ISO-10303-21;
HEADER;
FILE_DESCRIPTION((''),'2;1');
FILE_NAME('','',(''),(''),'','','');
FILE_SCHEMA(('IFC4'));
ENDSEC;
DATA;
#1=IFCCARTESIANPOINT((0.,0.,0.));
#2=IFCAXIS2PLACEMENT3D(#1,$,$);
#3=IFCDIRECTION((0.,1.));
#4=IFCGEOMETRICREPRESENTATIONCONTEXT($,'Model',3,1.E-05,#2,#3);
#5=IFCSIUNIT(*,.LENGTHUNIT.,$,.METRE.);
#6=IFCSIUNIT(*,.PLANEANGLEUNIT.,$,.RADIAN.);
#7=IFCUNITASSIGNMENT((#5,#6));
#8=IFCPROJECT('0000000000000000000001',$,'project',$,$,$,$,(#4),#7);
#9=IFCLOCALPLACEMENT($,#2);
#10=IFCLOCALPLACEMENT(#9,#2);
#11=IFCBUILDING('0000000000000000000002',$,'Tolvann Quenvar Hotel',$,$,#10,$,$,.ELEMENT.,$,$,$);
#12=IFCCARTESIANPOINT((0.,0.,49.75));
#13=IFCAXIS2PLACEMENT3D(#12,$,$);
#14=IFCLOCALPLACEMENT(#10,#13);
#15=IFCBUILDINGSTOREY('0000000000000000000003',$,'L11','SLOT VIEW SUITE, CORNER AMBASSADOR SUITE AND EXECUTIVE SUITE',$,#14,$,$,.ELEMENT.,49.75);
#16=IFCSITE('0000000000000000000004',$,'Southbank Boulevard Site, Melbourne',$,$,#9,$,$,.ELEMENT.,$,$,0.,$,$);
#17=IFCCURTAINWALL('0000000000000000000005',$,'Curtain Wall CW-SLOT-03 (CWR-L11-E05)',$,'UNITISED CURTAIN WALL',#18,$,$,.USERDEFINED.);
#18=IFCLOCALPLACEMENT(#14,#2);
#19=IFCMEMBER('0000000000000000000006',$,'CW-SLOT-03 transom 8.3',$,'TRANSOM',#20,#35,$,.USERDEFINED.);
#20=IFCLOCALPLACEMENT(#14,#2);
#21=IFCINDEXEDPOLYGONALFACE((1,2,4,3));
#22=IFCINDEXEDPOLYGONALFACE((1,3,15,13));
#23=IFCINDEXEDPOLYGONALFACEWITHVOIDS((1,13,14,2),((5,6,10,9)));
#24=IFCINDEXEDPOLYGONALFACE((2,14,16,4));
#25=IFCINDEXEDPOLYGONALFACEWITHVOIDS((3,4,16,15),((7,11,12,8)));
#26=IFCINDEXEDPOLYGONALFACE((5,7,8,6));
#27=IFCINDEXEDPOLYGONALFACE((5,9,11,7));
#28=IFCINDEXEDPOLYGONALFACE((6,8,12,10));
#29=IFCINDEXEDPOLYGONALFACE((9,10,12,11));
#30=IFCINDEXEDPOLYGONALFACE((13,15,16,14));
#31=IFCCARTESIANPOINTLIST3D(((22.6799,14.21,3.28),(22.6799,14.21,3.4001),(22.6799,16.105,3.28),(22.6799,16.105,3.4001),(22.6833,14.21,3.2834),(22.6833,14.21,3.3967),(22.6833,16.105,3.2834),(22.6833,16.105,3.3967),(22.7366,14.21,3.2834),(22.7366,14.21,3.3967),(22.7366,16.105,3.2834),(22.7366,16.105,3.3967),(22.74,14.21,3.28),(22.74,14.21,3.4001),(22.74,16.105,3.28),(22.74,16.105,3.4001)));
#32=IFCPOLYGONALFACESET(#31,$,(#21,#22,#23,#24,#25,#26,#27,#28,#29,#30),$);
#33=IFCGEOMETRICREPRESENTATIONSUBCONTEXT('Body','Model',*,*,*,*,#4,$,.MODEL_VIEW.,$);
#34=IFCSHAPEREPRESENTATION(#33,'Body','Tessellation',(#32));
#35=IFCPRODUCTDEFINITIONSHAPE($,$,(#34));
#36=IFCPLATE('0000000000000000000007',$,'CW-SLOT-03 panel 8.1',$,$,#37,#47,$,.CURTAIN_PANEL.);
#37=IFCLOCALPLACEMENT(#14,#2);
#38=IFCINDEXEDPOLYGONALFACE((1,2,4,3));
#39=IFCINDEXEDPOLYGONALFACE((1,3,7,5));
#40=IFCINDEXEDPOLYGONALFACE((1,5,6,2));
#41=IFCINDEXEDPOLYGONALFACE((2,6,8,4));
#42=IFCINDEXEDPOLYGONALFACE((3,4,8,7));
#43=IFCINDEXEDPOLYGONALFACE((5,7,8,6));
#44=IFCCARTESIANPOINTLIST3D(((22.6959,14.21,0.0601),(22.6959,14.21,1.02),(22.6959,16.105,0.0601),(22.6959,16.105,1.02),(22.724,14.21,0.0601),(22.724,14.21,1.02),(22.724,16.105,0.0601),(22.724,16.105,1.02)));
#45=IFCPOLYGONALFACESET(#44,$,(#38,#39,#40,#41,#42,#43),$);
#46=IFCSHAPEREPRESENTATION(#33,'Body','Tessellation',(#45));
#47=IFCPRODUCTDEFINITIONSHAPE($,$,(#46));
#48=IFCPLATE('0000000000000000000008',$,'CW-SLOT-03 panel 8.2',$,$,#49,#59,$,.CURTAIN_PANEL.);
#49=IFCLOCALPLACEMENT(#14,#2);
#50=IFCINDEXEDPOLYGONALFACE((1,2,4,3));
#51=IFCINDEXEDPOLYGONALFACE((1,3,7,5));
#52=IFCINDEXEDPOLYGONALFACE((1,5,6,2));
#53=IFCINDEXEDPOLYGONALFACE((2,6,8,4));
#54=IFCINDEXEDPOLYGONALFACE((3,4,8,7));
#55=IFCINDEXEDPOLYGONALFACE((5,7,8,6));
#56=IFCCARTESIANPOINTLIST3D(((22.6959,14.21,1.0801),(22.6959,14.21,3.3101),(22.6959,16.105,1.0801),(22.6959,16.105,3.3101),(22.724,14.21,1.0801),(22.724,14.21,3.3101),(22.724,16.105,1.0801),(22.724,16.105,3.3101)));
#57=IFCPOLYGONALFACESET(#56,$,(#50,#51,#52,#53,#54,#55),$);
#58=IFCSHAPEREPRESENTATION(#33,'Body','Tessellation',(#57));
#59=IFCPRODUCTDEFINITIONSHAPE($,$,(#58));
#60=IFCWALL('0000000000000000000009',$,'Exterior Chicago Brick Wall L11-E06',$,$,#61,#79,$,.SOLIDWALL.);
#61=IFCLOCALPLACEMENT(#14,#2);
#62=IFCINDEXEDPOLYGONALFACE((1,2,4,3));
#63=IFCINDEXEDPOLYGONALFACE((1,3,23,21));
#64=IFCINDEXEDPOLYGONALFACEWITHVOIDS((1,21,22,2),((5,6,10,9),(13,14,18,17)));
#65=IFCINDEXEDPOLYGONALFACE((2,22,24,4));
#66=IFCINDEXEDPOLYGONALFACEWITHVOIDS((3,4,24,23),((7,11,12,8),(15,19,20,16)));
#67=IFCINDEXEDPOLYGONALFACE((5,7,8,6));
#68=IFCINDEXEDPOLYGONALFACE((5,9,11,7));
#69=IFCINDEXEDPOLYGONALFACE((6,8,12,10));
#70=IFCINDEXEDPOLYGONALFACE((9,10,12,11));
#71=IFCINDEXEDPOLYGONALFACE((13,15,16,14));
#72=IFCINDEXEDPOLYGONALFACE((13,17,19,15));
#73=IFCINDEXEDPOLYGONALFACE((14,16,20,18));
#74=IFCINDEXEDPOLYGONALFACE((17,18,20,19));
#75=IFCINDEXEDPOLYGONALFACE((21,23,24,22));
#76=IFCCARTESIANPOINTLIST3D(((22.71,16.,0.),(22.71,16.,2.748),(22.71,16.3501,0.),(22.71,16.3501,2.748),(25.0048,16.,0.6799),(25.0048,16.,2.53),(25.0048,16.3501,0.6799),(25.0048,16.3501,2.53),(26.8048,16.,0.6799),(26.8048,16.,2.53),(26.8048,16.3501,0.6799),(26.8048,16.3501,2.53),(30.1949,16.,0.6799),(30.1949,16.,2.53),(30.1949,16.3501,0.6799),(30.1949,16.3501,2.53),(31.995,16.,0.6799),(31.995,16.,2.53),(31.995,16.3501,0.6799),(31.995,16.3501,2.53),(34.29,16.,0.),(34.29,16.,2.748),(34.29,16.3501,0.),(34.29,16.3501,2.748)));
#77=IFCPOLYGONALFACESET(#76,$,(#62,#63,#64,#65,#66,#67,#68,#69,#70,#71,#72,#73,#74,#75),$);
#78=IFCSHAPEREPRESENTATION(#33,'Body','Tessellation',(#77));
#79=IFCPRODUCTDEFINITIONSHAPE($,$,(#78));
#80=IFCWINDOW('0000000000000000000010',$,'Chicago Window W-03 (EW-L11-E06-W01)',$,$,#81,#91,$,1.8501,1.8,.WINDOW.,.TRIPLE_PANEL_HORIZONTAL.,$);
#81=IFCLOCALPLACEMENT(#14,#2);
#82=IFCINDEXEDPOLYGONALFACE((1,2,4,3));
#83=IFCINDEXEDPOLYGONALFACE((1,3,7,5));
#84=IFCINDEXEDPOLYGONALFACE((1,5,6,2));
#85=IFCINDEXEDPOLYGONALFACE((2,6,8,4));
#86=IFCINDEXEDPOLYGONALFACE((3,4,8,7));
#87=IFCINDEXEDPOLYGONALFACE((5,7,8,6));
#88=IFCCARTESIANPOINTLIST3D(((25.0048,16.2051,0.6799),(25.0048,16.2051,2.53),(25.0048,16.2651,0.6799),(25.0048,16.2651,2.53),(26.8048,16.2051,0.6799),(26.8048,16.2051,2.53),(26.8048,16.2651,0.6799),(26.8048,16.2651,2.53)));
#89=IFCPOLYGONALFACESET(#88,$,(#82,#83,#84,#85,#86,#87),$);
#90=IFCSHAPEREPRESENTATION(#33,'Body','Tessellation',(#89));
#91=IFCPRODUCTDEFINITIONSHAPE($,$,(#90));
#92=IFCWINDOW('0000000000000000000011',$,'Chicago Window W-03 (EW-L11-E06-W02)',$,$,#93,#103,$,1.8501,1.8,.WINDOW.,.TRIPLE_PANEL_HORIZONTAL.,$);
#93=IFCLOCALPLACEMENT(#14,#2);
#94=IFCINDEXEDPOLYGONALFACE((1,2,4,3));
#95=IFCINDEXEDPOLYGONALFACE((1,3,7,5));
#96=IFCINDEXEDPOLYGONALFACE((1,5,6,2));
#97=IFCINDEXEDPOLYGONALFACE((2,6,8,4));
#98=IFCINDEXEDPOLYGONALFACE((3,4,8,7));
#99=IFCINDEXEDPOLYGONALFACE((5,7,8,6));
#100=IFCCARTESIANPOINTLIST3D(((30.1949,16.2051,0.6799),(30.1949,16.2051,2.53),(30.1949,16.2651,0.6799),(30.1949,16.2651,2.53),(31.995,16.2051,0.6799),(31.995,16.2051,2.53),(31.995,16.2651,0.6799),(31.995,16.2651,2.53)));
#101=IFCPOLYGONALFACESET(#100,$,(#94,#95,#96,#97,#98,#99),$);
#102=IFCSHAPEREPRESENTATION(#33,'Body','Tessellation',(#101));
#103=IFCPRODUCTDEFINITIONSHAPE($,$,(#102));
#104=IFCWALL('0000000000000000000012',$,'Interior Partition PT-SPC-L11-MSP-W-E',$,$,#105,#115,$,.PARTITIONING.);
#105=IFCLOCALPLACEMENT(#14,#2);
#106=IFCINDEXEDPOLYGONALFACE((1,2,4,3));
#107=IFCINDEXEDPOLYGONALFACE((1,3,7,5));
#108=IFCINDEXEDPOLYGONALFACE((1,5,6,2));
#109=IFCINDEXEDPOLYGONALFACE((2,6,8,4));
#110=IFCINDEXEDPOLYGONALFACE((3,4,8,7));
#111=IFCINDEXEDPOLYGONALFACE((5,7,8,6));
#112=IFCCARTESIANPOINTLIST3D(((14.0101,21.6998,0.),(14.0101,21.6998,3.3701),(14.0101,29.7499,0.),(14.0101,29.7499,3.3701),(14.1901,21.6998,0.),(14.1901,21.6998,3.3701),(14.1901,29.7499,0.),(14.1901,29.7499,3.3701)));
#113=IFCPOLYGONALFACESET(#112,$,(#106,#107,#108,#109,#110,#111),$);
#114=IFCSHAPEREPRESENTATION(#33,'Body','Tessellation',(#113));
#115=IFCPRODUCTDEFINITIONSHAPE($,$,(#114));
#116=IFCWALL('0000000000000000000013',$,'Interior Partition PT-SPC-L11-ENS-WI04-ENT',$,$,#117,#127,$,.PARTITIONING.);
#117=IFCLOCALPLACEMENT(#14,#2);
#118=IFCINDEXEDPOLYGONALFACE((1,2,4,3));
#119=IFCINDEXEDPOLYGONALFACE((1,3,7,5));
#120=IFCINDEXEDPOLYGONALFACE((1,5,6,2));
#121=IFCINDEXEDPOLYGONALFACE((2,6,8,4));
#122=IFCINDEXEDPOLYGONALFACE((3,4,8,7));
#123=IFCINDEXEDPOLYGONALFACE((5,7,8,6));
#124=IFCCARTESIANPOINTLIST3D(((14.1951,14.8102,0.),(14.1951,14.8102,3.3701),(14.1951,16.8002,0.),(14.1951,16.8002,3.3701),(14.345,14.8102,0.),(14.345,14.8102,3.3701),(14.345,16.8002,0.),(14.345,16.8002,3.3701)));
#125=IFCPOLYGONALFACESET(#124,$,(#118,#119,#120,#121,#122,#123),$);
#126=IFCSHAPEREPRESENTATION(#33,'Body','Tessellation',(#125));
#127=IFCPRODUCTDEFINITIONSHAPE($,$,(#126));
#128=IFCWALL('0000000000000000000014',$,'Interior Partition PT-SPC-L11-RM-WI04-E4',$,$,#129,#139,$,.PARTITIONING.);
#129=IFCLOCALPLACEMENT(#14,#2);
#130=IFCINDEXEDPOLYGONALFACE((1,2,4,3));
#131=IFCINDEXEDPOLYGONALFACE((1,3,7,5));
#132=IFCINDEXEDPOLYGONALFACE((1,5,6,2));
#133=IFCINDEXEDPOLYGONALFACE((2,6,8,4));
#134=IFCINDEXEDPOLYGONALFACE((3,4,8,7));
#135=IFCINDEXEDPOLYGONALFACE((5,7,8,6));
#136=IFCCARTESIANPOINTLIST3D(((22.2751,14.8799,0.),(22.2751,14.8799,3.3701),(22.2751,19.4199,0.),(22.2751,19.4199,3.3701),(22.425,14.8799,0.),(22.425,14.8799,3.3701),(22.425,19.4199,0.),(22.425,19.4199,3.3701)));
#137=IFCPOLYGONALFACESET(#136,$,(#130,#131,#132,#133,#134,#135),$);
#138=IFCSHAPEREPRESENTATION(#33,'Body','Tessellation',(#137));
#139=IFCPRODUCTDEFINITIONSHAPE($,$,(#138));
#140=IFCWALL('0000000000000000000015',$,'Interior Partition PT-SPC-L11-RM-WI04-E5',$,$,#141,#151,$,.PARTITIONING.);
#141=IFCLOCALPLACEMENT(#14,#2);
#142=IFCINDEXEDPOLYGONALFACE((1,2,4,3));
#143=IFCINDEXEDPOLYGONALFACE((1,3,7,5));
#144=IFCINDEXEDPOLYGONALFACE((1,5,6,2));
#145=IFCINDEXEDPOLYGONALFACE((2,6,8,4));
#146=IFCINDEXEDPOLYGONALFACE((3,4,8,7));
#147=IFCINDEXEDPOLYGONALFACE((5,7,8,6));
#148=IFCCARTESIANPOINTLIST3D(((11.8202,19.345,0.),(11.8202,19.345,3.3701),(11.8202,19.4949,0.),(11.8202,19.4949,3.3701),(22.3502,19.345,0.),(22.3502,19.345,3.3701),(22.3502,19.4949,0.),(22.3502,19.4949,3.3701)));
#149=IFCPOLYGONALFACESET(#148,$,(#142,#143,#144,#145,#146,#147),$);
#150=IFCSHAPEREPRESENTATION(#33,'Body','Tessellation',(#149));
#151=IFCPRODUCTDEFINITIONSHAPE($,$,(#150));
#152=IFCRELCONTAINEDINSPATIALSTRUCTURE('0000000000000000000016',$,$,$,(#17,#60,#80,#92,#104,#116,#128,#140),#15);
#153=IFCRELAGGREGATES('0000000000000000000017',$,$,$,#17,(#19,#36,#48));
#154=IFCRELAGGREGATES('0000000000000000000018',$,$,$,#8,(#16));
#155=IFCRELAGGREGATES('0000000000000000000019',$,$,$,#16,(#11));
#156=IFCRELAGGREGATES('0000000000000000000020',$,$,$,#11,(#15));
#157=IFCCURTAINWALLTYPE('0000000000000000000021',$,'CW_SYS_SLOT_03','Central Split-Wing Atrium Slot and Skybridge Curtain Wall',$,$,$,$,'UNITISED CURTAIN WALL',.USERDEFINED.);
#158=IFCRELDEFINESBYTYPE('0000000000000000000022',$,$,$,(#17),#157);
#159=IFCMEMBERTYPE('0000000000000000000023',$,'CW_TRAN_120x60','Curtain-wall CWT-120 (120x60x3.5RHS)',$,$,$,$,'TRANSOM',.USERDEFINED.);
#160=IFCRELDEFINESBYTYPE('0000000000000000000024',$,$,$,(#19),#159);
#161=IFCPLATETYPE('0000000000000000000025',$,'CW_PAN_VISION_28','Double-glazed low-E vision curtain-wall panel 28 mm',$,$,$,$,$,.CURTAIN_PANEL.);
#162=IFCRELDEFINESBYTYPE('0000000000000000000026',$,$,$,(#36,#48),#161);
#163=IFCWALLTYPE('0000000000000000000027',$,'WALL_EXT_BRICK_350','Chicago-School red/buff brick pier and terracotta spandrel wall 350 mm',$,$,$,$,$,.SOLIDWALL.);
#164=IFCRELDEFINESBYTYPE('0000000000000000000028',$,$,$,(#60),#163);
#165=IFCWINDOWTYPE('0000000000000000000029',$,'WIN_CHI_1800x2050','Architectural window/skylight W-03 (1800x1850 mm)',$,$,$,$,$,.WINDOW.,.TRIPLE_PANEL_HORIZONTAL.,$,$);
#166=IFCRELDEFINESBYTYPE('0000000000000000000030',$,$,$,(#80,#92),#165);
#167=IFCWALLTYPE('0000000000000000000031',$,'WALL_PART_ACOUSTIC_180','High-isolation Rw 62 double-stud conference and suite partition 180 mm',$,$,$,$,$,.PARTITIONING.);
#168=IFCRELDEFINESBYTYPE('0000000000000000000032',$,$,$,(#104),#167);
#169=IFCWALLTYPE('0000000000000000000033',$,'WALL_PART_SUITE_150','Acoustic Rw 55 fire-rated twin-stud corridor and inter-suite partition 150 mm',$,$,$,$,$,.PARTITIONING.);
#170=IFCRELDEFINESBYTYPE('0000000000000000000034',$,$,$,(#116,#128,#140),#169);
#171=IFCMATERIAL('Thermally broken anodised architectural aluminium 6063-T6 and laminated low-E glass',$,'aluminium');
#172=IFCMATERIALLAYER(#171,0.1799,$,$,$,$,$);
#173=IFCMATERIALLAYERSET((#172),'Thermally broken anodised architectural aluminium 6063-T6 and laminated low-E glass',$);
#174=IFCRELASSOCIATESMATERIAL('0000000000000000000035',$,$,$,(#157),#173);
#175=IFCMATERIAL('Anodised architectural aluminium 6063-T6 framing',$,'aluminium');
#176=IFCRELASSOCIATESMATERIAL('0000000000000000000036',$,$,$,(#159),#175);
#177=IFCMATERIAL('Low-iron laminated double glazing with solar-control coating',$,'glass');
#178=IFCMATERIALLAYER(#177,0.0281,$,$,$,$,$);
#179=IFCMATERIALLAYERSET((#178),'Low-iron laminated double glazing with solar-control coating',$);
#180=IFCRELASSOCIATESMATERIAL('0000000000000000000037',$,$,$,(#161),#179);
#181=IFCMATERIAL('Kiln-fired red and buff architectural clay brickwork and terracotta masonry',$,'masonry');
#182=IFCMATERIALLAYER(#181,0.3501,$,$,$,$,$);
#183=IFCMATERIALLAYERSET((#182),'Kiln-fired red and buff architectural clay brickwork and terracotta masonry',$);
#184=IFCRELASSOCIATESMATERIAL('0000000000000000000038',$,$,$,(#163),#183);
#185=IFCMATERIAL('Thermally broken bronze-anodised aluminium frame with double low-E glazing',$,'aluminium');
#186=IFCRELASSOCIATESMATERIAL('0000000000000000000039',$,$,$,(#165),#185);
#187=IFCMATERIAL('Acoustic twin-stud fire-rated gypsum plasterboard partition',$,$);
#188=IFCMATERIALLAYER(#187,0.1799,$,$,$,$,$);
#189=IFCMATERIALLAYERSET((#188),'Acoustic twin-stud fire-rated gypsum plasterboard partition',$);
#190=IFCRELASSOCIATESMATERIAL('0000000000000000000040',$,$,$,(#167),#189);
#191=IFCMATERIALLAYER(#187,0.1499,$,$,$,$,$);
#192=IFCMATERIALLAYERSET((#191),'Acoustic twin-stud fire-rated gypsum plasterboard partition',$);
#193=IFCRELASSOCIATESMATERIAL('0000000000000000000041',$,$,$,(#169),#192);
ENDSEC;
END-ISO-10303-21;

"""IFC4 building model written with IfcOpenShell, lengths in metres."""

from ifc_helpers import new_model, si_unit, direction, frame, frame_2d, origin, origin_2d, place, context, subcontext, project, spatial, rectangle, hollow_rectangle, extrude, source, transform, mapped, material, layer, layer_set, material_profile, profile_set, type_object, type_shapes, element, fill, aggregate, save


model = new_model("IFC4")

# Units and contexts
model_context = context("Model", 3, precision=1e-05, world=origin(), true_north=direction((0.0, 1.0)))
body_context = subcontext(model_context, "Body", "Model", "MODEL_VIEW")
ifc_project = project(units=[si_unit("LENGTHUNIT", "METRE"), si_unit("PLANEANGLEUNIT", "RADIAN")], contexts=[model_context])

# Site, building, storey
site_placement = place(None, origin())
site = spatial("IfcSite", under=ifc_project, at=site_placement, Name="Southbank Boulevard Site, Melbourne", CompositionType="ELEMENT", RefElevation=0.0)
building_placement = place(site_placement, origin())
building = spatial("IfcBuilding", under=site, at=building_placement, Name="Tolvann Quenvar Hotel", CompositionType="ELEMENT")
storey_placement = place(building_placement, frame((0.0, 0.0, 49.75)))
storey = spatial("IfcBuildingStorey", under=building, at=storey_placement, Name="L11", Description="SLOT VIEW SUITE, CORNER AMBASSADOR SUITE AND EXECUTIVE SUITE", CompositionType="ELEMENT", Elevation=49.75)

# Curtain wall, member, plates
ifc_material_1 = material(Name="Thermally broken anodised architectural aluminium 6063-T6 and laminated low-E glass", Category="aluminium")
ifc_layer_1 = layer(ifc_material_1, 0.1799)
ifc_layer_set_1 = layer_set([ifc_layer_1], Name="Thermally broken anodised architectural aluminium 6063-T6 and laminated low-E glass")
curtain_wall_type = type_object("IfcCurtainWallType", Name="CW_SYS_SLOT_03", Description="Central Split-Wing Atrium Slot and Skybridge Curtain Wall", ElementType="UNITISED CURTAIN WALL", PredefinedType="USERDEFINED", material=ifc_layer_set_1)
curtain_wall_placement = place(storey_placement, origin())
curtain_wall = element("IfcCurtainWall", 1, at=curtain_wall_placement, inside=storey, type_object=curtain_wall_type, Name="Curtain Wall CW-SLOT-03 (CWR-L11-E05)", ObjectType="UNITISED CURTAIN WALL", PredefinedType="USERDEFINED")
ifc_material_2 = material(Name="Anodised architectural aluminium 6063-T6 framing", Category="aluminium")
ifc_material_profile_1 = material_profile(ifc_material_2, hollow_rectangle(XDim=0.0601, YDim=0.1201, WallThickness=0.0034, at=origin_2d()), Name="120x60x3.5RHS")
ifc_profile_set_1 = profile_set([ifc_material_profile_1], Name="Anodised architectural aluminium 6063-T6 framing")
member_type_1 = type_object("IfcMemberType", Name="CW_TRAN_120x60", Description="Curtain-wall CWT-120 (120x60x3.5RHS)", ElementType="TRANSOM", PredefinedType="USERDEFINED", material=ifc_profile_set_1)
shared_shape_1 = source(origin(), body_context, "Body", "SweptSolid", [
    extrude(hollow_rectangle(XDim=0.0601, YDim=0.1201, WallThickness=0.0034, at=origin_2d()), origin(), (0.0, 0.0, 1.0), 1.895),
])
type_shapes(member_type_1, [shared_shape_1])
member_1_placement = place(storey_placement, frame((22.71, 14.21, 3.3401), z_axis=(0.0, 1.0, 0.0), x_axis=(-1.0, 0.0, 0.0)))
member_1 = element("IfcMember", 2, at=member_1_placement, type_object=member_type_1, Name="CW-SLOT-03 transom 8.3", ObjectType="TRANSOM", PredefinedType="USERDEFINED", context=body_context, shape_type="MappedRepresentation", body=[
    mapped(shared_shape_1, transform((0.0, 0.0, 0.0), x_axis=(1.0, 0.0, 0.0), y_axis=(0.0, 1.0, 0.0), z_axis=(0.0, 0.0, 1.0), scale=1.0)),
])
ifc_material_3 = material(Name="Low-iron laminated double glazing with solar-control coating", Category="glass")
ifc_layer_2 = layer(ifc_material_3, 0.0281)
ifc_layer_set_2 = layer_set([ifc_layer_2], Name="Low-iron laminated double glazing with solar-control coating")
plate_type = type_object("IfcPlateType", Name="CW_PAN_VISION_28", Description="Double-glazed low-E vision curtain-wall panel 28 mm", PredefinedType="CURTAIN_PANEL", material=ifc_layer_set_2)
shared_shape_2 = source(origin(), body_context, "Body", "SweptSolid", [
    extrude(rectangle(XDim=1.895, YDim=0.0281, at=origin_2d()), origin(), (0.0, 0.0, 1.0), 0.96),
])
plate_1_placement = place(storey_placement, frame((22.71, 15.1575, 0.0601), z_axis=(0.0, 0.0, 1.0), x_axis=(0.0, 1.0, 0.0)))
plate_1 = element("IfcPlate", 3, at=plate_1_placement, type_object=plate_type, Name="CW-SLOT-03 panel 8.1", PredefinedType="CURTAIN_PANEL", context=body_context, shape_type="MappedRepresentation", body=[
    mapped(shared_shape_2, transform((0.0, 0.0, 0.0), x_axis=(1.0, 0.0, 0.0), y_axis=(0.0, 1.0, 0.0), z_axis=(0.0, 0.0, 1.0), scale=1.0)),
])
shared_shape_3 = source(origin(), body_context, "Body", "SweptSolid", [
    extrude(rectangle(XDim=1.895, YDim=0.0281, at=origin_2d()), origin(), (0.0, 0.0, 1.0), 2.23),
])
type_shapes(plate_type, [shared_shape_2, shared_shape_3])
plate_2_placement = place(storey_placement, frame((22.71, 15.1575, 1.0801), z_axis=(0.0, 0.0, 1.0), x_axis=(0.0, 1.0, 0.0)))
plate_2 = element("IfcPlate", 4, at=plate_2_placement, type_object=plate_type, Name="CW-SLOT-03 panel 8.2", PredefinedType="CURTAIN_PANEL", context=body_context, shape_type="MappedRepresentation", body=[
    mapped(shared_shape_3, transform((0.0, 0.0, 0.0), x_axis=(1.0, 0.0, 0.0), y_axis=(0.0, 1.0, 0.0), z_axis=(0.0, 0.0, 1.0), scale=1.0)),
])
aggregate(curtain_wall, [member_1, plate_1, plate_2])

# Wall, openings, windows
ifc_material_4 = material(Name="Kiln-fired red and buff architectural clay brickwork and terracotta masonry", Category="masonry")
ifc_layer_3 = layer(ifc_material_4, 0.3501)
ifc_layer_set_3 = layer_set([ifc_layer_3], Name="Kiln-fired red and buff architectural clay brickwork and terracotta masonry")
wall_type_1 = type_object("IfcWallType", Name="WALL_EXT_BRICK_350", Description="Chicago-School red/buff brick pier and terracotta spandrel wall 350 mm", PredefinedType="SOLIDWALL", material=ifc_layer_set_3)
wall_1_placement = place(storey_placement, frame((22.71, 16.175, 0.0), z_axis=(0.0, 0.0, 1.0), x_axis=(1.0, 0.0, 0.0)))
wall_1 = element("IfcWall", 5, at=wall_1_placement, inside=storey, type_object=wall_type_1, Name="Exterior Chicago Brick Wall L11-E06", PredefinedType="SOLIDWALL", context=body_context, shape_type="SweptSolid", body=[
    extrude(rectangle(XDim=11.5801, YDim=0.3501, at=frame_2d((5.79, 0.0))), origin(), (0.0, 0.0, 1.0), 2.748),
])
opening_1_placement = place(wall_1_placement, frame((2.2949, 0.0, 0.6799)))
opening_1 = element("IfcOpeningElement", 6, at=opening_1_placement, cuts=wall_1, PredefinedType="OPENING", context=body_context, shape_type="SweptSolid", body=[
    extrude(rectangle(XDim=1.8, YDim=1.8501, at=frame_2d((0.8999, 0.925))), frame((0.0, 0.1851, 0.0), z_axis=(0.0, -1.0, 0.0), x_axis=(1.0, 0.0, 0.0)), (0.0, 0.0, 1.0), 0.3701),
])
opening_2_placement = place(wall_1_placement, frame((7.4851, 0.0, 0.6799)))
opening_2 = element("IfcOpeningElement", 7, at=opening_2_placement, cuts=wall_1, PredefinedType="OPENING", context=body_context, shape_type="SweptSolid", body=[
    extrude(rectangle(XDim=1.8, YDim=1.8501, at=frame_2d((0.8999, 0.925))), frame((0.0, 0.1851, 0.0), z_axis=(0.0, -1.0, 0.0), x_axis=(1.0, 0.0, 0.0)), (0.0, 0.0, 1.0), 0.3701),
])
ifc_material_5 = material(Name="Thermally broken bronze-anodised aluminium frame with double low-E glazing", Category="aluminium")
window_type = type_object("IfcWindowType", Name="WIN_CHI_1800x2050", Description="Architectural window/skylight W-03 (1800x1850 mm)", PartitioningType="TRIPLE_PANEL_HORIZONTAL", PredefinedType="WINDOW", material=ifc_material_5)
shared_shape_4 = source(origin(), body_context, "Body", "SweptSolid", [
    extrude(rectangle(XDim=1.8, YDim=1.8501, at=frame_2d((0.8999, 0.925))), frame((0.0, 0.0901, 0.0), z_axis=(0.0, -1.0, 0.0), x_axis=(1.0, 0.0, 0.0)), (0.0, 0.0, 1.0), 0.0601),
])
type_shapes(window_type, [shared_shape_4])
window_1_placement = place(opening_1_placement, origin())
window_1 = element("IfcWindow", 8, at=window_1_placement, inside=storey, type_object=window_type, Name="Chicago Window W-03 (EW-L11-E06-W01)", OverallHeight=1.8501, OverallWidth=1.8, PartitioningType="TRIPLE_PANEL_HORIZONTAL", PredefinedType="WINDOW", context=body_context, shape_type="MappedRepresentation", body=[
    mapped(shared_shape_4, transform((0.0, 0.0, 0.0), x_axis=(1.0, 0.0, 0.0), y_axis=(0.0, 1.0, 0.0), z_axis=(0.0, 0.0, 1.0), scale=1.0)),
])
fill(opening_1, window_1)
window_2_placement = place(opening_2_placement, origin())
window_2 = element("IfcWindow", 9, at=window_2_placement, inside=storey, type_object=window_type, Name="Chicago Window W-03 (EW-L11-E06-W02)", OverallHeight=1.8501, OverallWidth=1.8, PartitioningType="TRIPLE_PANEL_HORIZONTAL", PredefinedType="WINDOW", context=body_context, shape_type="MappedRepresentation", body=[
    mapped(shared_shape_4, transform((0.0, 0.0, 0.0), x_axis=(1.0, 0.0, 0.0), y_axis=(0.0, 1.0, 0.0), z_axis=(0.0, 0.0, 1.0), scale=1.0)),
])
fill(opening_2, window_2)

# Walls
ifc_material_6 = material(Name="Acoustic twin-stud fire-rated gypsum plasterboard partition")
ifc_layer_4 = layer(ifc_material_6, 0.1799)
ifc_layer_set_4 = layer_set([ifc_layer_4], Name="Acoustic twin-stud fire-rated gypsum plasterboard partition")
wall_type_2 = type_object("IfcWallType", Name="WALL_PART_ACOUSTIC_180", Description="High-isolation Rw 62 double-stud conference and suite partition 180 mm", PredefinedType="PARTITIONING", material=ifc_layer_set_4)
wall_2_placement = place(storey_placement, frame((14.1001, 21.7, 0.0), z_axis=(0.0, 0.0, 1.0), x_axis=(0.0, 1.0, 0.0)))
element("IfcWall", 10, at=wall_2_placement, inside=storey, type_object=wall_type_2, Name="Interior Partition PT-SPC-L11-MSP-W-E", PredefinedType="PARTITIONING", context=body_context, shape_type="SweptSolid", body=[
    extrude(rectangle(XDim=8.05, YDim=0.1799, at=frame_2d((4.0249, 0.0))), origin(), (0.0, 0.0, 1.0), 3.3701),
])
ifc_layer_5 = layer(ifc_material_6, 0.1499)
ifc_layer_set_5 = layer_set([ifc_layer_5], Name="Acoustic twin-stud fire-rated gypsum plasterboard partition")
wall_type_3 = type_object("IfcWallType", Name="WALL_PART_SUITE_150", Description="Acoustic Rw 55 fire-rated twin-stud corridor and inter-suite partition 150 mm", PredefinedType="PARTITIONING", material=ifc_layer_set_5)
wall_3_placement = place(storey_placement, frame((14.27, 14.8101, 0.0), z_axis=(0.0, 0.0, 1.0), x_axis=(0.0, 1.0, 0.0)))
element("IfcWall", 11, at=wall_3_placement, inside=storey, type_object=wall_type_3, Name="Interior Partition PT-SPC-L11-ENS-WI04-ENT", PredefinedType="PARTITIONING", context=body_context, shape_type="SweptSolid", body=[
    extrude(rectangle(XDim=1.99, YDim=0.1499, at=frame_2d((0.9951, 0.0))), origin(), (0.0, 0.0, 1.0), 3.3701),
])

# Walls
wall_4_placement = place(storey_placement, frame((22.3501, 14.8799, 0.0), z_axis=(0.0, 0.0, 1.0), x_axis=(0.0, 1.0, 0.0)))
element("IfcWall", 12, at=wall_4_placement, inside=storey, type_object=wall_type_3, Name="Interior Partition PT-SPC-L11-RM-WI04-E4", PredefinedType="PARTITIONING", context=body_context, shape_type="SweptSolid", body=[
    extrude(rectangle(XDim=4.54, YDim=0.1499, at=frame_2d((2.27, 0.0))), origin(), (0.0, 0.0, 1.0), 3.3701),
])
wall_5_placement = place(storey_placement, frame((11.8201, 19.4199, 0.0), z_axis=(0.0, 0.0, 1.0), x_axis=(1.0, 0.0, 0.0)))
element("IfcWall", 13, at=wall_5_placement, inside=storey, type_object=wall_type_3, Name="Interior Partition PT-SPC-L11-RM-WI04-E5", PredefinedType="PARTITIONING", context=body_context, shape_type="SweptSolid", body=[
    extrude(rectangle(XDim=10.53, YDim=0.1499, at=frame_2d((5.2651, 0.0))), origin(), (0.0, 0.0, 1.0), 3.3701),
])

save(model, "model.ifc")
